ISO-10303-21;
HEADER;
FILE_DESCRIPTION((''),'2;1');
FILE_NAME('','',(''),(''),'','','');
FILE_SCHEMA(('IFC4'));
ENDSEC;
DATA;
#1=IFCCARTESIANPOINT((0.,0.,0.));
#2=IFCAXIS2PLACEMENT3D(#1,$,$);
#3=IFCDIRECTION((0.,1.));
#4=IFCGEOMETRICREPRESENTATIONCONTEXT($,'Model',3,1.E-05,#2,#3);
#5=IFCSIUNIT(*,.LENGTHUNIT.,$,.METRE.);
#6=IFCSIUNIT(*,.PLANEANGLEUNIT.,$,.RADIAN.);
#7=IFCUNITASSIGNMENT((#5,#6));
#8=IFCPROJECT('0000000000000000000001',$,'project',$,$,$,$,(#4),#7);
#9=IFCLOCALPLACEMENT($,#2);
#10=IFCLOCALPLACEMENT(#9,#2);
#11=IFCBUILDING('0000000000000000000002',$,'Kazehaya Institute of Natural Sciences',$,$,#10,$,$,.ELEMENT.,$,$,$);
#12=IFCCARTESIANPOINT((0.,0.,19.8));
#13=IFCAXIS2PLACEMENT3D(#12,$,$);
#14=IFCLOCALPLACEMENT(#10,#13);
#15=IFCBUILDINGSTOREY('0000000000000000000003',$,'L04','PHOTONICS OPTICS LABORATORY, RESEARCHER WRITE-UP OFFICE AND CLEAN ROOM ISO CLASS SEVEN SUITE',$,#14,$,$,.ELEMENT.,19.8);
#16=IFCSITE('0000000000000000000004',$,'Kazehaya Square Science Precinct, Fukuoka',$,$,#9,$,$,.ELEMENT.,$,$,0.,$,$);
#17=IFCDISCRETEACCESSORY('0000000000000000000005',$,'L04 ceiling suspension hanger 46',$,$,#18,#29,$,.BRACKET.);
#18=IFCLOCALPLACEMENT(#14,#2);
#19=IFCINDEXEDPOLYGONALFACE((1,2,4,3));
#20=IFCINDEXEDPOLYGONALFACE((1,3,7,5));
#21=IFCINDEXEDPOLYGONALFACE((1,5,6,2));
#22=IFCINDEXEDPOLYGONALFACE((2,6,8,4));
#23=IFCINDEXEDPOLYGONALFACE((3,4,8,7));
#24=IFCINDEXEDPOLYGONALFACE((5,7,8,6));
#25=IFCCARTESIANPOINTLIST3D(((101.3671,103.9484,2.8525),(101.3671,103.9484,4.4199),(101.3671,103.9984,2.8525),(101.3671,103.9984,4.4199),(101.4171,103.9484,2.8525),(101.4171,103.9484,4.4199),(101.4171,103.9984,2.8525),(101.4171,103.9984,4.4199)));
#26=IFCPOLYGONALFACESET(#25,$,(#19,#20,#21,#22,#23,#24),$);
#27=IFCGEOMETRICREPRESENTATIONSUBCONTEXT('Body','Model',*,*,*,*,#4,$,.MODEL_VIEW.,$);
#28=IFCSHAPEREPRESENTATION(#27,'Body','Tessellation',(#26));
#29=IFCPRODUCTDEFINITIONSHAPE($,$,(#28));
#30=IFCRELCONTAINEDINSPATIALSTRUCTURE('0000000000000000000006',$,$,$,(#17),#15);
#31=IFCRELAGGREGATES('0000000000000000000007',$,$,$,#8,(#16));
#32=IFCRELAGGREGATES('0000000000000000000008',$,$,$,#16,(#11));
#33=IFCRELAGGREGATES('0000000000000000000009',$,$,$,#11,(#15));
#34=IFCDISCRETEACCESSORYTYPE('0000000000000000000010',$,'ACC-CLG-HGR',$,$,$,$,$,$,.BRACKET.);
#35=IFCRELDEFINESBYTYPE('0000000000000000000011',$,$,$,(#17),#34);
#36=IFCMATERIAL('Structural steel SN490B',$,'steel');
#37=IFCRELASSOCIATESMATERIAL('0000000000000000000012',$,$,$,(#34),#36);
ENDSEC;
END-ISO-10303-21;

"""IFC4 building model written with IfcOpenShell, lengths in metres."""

from ifc_helpers import new_model, si_unit, direction, frame, origin, origin_2d, place, context, subcontext, project, spatial, rectangle, extrude, material, type_object, element, save


model = new_model("IFC4")

# Units and contexts
model_context = context("Model", 3, precision=1e-05, world=origin(), true_north=direction((0.0, 1.0)))
body_context = subcontext(model_context, "Body", "Model", "MODEL_VIEW")
ifc_project = project(units=[si_unit("LENGTHUNIT", "METRE"), si_unit("PLANEANGLEUNIT", "RADIAN")], contexts=[model_context])

# Site, building, storey
site_placement = place(None, origin())
site = spatial("IfcSite", under=ifc_project, at=site_placement, Name="Kazehaya Square Science Precinct, Fukuoka", CompositionType="ELEMENT", RefElevation=0.0)
building_placement = place(site_placement, origin())
building = spatial("IfcBuilding", under=site, at=building_placement, Name="Kazehaya Institute of Natural Sciences", CompositionType="ELEMENT")
storey_placement = place(building_placement, frame((0.0, 0.0, 19.8)))
storey = spatial("IfcBuildingStorey", under=building, at=storey_placement, Name="L04", Description="PHOTONICS OPTICS LABORATORY, RESEARCHER WRITE-UP OFFICE AND CLEAN ROOM ISO CLASS SEVEN SUITE", CompositionType="ELEMENT", Elevation=19.8)

# Discrete accessory
ifc_material_1 = material(Name="Structural steel SN490B", Category="steel")
discrete_accessory_type = type_object("IfcDiscreteAccessoryType", Name="ACC-CLG-HGR", PredefinedType="BRACKET", material=ifc_material_1)
discrete_accessory_placement = place(storey_placement, frame((101.3921, 103.9734, 2.8525), z_axis=(0.0, 0.0, 1.0), x_axis=(1.0, 0.0, 0.0)))
element("IfcDiscreteAccessory", 1, at=discrete_accessory_placement, inside=storey, type_object=discrete_accessory_type, Name="L04 ceiling suspension hanger 46", PredefinedType="BRACKET", context=body_context, shape_type="SweptSolid", body=[
    extrude(rectangle(XDim=0.05, YDim=0.05, at=origin_2d()), origin(), (0.0, 0.0, 1.0), 1.5674),
])

save(model, "model.ifc")
